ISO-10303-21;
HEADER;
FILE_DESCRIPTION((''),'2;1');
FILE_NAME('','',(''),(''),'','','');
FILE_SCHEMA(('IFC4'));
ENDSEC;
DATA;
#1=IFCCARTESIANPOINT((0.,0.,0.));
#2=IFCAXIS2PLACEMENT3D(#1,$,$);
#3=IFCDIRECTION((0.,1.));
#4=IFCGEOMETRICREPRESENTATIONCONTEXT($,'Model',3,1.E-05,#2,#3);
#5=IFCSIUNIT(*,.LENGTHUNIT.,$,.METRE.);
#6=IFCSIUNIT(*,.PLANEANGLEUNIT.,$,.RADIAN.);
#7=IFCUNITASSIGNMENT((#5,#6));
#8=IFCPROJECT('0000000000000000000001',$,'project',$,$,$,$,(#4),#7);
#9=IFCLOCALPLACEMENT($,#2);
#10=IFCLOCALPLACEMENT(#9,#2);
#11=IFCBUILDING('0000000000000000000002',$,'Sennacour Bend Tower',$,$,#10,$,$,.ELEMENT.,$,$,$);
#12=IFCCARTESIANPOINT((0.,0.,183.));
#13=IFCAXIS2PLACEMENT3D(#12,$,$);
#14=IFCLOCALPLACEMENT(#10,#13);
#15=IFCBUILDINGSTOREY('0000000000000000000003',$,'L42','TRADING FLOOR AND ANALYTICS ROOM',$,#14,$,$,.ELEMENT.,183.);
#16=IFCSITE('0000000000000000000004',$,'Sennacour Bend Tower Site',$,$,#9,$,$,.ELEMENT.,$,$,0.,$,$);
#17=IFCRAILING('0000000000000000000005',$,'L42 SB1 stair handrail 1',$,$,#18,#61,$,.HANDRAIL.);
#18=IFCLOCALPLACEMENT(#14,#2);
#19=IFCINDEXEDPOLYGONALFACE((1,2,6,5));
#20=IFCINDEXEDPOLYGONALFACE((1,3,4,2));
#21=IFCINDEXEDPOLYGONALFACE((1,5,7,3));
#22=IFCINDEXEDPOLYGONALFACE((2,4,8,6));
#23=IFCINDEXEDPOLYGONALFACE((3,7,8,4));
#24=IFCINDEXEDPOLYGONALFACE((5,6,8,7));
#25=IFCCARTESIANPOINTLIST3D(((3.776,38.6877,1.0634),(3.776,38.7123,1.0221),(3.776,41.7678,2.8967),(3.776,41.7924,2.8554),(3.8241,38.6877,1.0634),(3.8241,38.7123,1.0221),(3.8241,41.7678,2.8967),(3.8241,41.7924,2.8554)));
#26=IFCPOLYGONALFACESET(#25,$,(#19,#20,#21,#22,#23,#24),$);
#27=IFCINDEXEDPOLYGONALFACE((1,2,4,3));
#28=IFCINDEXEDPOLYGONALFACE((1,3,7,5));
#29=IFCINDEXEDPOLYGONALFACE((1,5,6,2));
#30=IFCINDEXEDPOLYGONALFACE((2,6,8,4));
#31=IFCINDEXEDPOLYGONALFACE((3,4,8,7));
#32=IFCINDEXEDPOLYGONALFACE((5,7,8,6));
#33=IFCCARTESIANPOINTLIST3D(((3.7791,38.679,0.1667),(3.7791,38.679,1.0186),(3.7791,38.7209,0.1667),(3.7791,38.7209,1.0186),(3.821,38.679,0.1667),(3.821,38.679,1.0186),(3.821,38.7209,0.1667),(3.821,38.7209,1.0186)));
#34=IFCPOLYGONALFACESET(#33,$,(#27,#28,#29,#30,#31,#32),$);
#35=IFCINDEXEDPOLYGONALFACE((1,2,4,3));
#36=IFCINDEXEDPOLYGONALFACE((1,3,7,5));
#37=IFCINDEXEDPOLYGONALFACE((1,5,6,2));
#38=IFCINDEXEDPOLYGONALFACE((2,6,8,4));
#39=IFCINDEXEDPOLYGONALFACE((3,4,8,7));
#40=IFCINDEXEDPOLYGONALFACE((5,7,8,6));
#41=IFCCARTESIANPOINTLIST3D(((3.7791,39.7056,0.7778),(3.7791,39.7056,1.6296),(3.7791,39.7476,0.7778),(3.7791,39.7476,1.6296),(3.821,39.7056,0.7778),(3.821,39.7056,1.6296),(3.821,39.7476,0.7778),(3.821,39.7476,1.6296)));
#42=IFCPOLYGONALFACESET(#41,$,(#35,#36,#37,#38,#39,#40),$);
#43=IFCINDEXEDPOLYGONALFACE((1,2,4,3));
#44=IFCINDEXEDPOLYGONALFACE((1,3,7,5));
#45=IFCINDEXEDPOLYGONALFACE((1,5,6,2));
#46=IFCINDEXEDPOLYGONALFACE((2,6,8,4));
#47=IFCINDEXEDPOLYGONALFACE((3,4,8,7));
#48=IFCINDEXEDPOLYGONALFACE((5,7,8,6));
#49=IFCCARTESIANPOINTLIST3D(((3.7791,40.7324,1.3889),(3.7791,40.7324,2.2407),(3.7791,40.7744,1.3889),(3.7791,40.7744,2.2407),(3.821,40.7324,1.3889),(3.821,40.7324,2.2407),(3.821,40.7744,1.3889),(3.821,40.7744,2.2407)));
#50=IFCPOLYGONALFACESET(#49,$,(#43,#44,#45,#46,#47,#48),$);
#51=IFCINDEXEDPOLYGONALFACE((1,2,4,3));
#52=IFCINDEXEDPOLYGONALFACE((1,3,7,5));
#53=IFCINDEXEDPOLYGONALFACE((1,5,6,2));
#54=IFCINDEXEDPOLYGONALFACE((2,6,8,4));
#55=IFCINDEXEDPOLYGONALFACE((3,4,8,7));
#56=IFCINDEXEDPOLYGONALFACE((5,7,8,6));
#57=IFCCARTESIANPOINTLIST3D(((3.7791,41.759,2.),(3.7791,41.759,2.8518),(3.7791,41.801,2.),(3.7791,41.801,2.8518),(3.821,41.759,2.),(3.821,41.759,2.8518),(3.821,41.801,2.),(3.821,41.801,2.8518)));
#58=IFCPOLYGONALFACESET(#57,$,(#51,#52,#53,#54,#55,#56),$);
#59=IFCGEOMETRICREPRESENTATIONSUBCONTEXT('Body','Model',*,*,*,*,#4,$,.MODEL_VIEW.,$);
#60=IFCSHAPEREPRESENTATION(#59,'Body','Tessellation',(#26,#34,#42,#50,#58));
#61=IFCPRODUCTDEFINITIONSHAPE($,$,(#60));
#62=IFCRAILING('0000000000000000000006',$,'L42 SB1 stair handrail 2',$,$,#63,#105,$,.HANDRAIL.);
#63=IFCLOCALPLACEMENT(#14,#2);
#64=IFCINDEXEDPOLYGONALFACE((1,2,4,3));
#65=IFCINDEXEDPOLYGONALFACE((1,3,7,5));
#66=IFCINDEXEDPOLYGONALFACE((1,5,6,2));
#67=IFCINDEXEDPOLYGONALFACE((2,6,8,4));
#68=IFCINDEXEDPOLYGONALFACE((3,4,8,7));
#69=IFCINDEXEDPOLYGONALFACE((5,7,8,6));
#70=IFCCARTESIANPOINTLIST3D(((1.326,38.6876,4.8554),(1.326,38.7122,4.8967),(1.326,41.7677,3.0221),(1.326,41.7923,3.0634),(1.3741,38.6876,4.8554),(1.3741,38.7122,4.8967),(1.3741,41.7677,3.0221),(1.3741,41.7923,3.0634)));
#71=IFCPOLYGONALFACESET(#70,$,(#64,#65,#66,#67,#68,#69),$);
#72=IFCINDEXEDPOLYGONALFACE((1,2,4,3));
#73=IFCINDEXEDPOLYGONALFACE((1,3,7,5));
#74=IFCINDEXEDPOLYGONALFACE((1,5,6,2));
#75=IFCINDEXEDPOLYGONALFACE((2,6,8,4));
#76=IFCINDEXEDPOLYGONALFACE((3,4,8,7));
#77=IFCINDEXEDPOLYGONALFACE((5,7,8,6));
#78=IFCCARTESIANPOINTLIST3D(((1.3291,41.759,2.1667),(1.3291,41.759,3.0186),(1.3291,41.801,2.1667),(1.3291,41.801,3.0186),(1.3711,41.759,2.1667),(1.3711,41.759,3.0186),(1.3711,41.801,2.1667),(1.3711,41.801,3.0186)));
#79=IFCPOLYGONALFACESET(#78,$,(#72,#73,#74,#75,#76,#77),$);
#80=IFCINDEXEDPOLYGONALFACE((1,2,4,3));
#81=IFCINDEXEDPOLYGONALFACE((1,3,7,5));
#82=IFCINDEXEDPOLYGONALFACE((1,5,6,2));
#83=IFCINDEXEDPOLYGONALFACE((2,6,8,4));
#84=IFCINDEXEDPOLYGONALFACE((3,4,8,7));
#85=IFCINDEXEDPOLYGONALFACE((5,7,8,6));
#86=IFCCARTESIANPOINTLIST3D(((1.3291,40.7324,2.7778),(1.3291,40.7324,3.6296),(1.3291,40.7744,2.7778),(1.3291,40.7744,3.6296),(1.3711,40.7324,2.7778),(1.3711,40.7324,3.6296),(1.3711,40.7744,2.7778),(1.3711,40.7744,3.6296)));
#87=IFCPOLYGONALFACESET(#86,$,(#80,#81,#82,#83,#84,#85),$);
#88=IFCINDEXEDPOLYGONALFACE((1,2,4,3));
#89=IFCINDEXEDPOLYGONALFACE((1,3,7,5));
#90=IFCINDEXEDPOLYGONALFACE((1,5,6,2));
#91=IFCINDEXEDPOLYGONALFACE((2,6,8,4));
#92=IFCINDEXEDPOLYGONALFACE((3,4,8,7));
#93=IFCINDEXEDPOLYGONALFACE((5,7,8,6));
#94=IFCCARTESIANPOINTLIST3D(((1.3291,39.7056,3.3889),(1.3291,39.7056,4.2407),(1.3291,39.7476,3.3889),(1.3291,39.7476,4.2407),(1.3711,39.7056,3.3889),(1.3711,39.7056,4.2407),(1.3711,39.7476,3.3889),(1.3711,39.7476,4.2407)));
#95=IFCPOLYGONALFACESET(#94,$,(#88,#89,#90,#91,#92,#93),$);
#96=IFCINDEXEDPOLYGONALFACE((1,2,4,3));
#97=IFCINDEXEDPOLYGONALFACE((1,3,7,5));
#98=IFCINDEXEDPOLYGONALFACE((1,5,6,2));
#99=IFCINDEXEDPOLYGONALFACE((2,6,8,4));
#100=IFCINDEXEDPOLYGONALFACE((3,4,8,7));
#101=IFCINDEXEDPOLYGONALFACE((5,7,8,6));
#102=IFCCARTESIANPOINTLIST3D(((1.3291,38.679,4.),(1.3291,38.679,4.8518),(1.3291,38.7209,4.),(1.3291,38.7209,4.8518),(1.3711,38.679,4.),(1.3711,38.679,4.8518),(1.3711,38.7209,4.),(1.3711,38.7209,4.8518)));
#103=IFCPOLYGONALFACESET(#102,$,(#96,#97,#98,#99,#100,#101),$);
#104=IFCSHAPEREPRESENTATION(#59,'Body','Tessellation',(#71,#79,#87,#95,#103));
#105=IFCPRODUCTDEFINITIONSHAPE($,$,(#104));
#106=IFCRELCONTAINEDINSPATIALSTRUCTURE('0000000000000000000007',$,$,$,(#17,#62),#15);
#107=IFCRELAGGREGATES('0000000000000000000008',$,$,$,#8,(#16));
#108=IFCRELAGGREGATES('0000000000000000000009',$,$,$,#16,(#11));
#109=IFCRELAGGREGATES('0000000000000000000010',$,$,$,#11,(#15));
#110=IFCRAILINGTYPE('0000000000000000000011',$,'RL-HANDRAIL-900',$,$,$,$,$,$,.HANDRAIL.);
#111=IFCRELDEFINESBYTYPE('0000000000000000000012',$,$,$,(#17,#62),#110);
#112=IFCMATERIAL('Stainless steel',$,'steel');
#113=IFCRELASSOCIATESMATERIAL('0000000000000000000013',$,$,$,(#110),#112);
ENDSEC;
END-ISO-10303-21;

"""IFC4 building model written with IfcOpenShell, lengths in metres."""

from ifc_helpers import new_model, si_unit, direction, frame, origin, origin_2d, place, context, subcontext, project, spatial, rectangle, extrude, material, type_object, element, save


model = new_model("IFC4")

# Units and contexts
model_context = context("Model", 3, precision=1e-05, world=origin(), true_north=direction((0.0, 1.0)))
body_context = subcontext(model_context, "Body", "Model", "MODEL_VIEW")
ifc_project = project(units=[si_unit("LENGTHUNIT", "METRE"), si_unit("PLANEANGLEUNIT", "RADIAN")], contexts=[model_context])

# Site, building, storey
site_placement = place(None, origin())
site = spatial("IfcSite", under=ifc_project, at=site_placement, Name="Sennacour Bend Tower Site", CompositionType="ELEMENT", RefElevation=0.0)
building_placement = place(site_placement, origin())
building = spatial("IfcBuilding", under=site, at=building_placement, Name="Sennacour Bend Tower", CompositionType="ELEMENT")
storey_placement = place(building_placement, frame((0.0, 0.0, 183.0)))
storey = spatial("IfcBuildingStorey", under=building, at=storey_placement, Name="L42", Description="TRADING FLOOR AND ANALYTICS ROOM", CompositionType="ELEMENT", Elevation=183.0)

# Shared definitions
ifc_material_1 = material(Name="Stainless steel", Category="steel")

# Railings
railing_type_1 = type_object("IfcRailingType", Name="RL-HANDRAIL-900", PredefinedType="HANDRAIL", material=ifc_material_1)
railing_1_placement = place(storey_placement, frame((3.8, 38.7, 0.1667)))
element("IfcRailing", 1, at=railing_1_placement, inside=storey, type_object=railing_type_1, Name="L42 SB1 stair handrail 1", PredefinedType="HANDRAIL", context=body_context, shape_type="SweptSolid", body=[
    extrude(rectangle(XDim=0.0481, YDim=0.0481, at=origin_2d()), frame((0.0, 0.0, 0.876), z_axis=(0.0, 0.859309, 0.511458), x_axis=(-1.0, 0.0, 0.0)), (0.0, 0.0, 1.0), 3.5845),
    extrude(rectangle(XDim=0.042, YDim=0.042, at=origin_2d()), origin(), (0.0, 0.0, 1.0), 0.8518),
    extrude(rectangle(XDim=0.042, YDim=0.042, at=origin_2d()), frame((0.0, 1.0266, 0.6111)), (0.0, 0.0, 1.0), 0.8518),
    extrude(rectangle(XDim=0.042, YDim=0.042, at=origin_2d()), frame((0.0, 2.0535, 1.2222)), (0.0, 0.0, 1.0), 0.8518),
    extrude(rectangle(XDim=0.042, YDim=0.042, at=origin_2d()), frame((0.0, 3.0801, 1.8333)), (0.0, 0.0, 1.0), 0.8518),
])
railing_2_placement = place(storey_placement, frame((1.3501, 41.78, 2.1667)))
element("IfcRailing", 2, at=railing_2_placement, inside=storey, type_object=railing_type_1, Name="L42 SB1 stair handrail 2", PredefinedType="HANDRAIL", context=body_context, shape_type="SweptSolid", body=[
    extrude(rectangle(XDim=0.0481, YDim=0.0481, at=origin_2d()), frame((0.0, 0.0, 0.876), z_axis=(0.0, -0.859309, 0.511458), x_axis=(1.0, 0.0, 0.0)), (0.0, 0.0, 1.0), 3.5845),
    extrude(rectangle(XDim=0.042, YDim=0.042, at=origin_2d()), origin(), (0.0, 0.0, 1.0), 0.8518),
    extrude(rectangle(XDim=0.042, YDim=0.042, at=origin_2d()), frame((0.0, -1.0266, 0.6111)), (0.0, 0.0, 1.0), 0.8518),
    extrude(rectangle(XDim=0.042, YDim=0.042, at=origin_2d()), frame((0.0, -2.0535, 1.2222)), (0.0, 0.0, 1.0), 0.8518),
    extrude(rectangle(XDim=0.042, YDim=0.042, at=origin_2d()), frame((0.0, -3.0801, 1.8333)), (0.0, 0.0, 1.0), 0.8518),
])

save(model, "model.ifc")
